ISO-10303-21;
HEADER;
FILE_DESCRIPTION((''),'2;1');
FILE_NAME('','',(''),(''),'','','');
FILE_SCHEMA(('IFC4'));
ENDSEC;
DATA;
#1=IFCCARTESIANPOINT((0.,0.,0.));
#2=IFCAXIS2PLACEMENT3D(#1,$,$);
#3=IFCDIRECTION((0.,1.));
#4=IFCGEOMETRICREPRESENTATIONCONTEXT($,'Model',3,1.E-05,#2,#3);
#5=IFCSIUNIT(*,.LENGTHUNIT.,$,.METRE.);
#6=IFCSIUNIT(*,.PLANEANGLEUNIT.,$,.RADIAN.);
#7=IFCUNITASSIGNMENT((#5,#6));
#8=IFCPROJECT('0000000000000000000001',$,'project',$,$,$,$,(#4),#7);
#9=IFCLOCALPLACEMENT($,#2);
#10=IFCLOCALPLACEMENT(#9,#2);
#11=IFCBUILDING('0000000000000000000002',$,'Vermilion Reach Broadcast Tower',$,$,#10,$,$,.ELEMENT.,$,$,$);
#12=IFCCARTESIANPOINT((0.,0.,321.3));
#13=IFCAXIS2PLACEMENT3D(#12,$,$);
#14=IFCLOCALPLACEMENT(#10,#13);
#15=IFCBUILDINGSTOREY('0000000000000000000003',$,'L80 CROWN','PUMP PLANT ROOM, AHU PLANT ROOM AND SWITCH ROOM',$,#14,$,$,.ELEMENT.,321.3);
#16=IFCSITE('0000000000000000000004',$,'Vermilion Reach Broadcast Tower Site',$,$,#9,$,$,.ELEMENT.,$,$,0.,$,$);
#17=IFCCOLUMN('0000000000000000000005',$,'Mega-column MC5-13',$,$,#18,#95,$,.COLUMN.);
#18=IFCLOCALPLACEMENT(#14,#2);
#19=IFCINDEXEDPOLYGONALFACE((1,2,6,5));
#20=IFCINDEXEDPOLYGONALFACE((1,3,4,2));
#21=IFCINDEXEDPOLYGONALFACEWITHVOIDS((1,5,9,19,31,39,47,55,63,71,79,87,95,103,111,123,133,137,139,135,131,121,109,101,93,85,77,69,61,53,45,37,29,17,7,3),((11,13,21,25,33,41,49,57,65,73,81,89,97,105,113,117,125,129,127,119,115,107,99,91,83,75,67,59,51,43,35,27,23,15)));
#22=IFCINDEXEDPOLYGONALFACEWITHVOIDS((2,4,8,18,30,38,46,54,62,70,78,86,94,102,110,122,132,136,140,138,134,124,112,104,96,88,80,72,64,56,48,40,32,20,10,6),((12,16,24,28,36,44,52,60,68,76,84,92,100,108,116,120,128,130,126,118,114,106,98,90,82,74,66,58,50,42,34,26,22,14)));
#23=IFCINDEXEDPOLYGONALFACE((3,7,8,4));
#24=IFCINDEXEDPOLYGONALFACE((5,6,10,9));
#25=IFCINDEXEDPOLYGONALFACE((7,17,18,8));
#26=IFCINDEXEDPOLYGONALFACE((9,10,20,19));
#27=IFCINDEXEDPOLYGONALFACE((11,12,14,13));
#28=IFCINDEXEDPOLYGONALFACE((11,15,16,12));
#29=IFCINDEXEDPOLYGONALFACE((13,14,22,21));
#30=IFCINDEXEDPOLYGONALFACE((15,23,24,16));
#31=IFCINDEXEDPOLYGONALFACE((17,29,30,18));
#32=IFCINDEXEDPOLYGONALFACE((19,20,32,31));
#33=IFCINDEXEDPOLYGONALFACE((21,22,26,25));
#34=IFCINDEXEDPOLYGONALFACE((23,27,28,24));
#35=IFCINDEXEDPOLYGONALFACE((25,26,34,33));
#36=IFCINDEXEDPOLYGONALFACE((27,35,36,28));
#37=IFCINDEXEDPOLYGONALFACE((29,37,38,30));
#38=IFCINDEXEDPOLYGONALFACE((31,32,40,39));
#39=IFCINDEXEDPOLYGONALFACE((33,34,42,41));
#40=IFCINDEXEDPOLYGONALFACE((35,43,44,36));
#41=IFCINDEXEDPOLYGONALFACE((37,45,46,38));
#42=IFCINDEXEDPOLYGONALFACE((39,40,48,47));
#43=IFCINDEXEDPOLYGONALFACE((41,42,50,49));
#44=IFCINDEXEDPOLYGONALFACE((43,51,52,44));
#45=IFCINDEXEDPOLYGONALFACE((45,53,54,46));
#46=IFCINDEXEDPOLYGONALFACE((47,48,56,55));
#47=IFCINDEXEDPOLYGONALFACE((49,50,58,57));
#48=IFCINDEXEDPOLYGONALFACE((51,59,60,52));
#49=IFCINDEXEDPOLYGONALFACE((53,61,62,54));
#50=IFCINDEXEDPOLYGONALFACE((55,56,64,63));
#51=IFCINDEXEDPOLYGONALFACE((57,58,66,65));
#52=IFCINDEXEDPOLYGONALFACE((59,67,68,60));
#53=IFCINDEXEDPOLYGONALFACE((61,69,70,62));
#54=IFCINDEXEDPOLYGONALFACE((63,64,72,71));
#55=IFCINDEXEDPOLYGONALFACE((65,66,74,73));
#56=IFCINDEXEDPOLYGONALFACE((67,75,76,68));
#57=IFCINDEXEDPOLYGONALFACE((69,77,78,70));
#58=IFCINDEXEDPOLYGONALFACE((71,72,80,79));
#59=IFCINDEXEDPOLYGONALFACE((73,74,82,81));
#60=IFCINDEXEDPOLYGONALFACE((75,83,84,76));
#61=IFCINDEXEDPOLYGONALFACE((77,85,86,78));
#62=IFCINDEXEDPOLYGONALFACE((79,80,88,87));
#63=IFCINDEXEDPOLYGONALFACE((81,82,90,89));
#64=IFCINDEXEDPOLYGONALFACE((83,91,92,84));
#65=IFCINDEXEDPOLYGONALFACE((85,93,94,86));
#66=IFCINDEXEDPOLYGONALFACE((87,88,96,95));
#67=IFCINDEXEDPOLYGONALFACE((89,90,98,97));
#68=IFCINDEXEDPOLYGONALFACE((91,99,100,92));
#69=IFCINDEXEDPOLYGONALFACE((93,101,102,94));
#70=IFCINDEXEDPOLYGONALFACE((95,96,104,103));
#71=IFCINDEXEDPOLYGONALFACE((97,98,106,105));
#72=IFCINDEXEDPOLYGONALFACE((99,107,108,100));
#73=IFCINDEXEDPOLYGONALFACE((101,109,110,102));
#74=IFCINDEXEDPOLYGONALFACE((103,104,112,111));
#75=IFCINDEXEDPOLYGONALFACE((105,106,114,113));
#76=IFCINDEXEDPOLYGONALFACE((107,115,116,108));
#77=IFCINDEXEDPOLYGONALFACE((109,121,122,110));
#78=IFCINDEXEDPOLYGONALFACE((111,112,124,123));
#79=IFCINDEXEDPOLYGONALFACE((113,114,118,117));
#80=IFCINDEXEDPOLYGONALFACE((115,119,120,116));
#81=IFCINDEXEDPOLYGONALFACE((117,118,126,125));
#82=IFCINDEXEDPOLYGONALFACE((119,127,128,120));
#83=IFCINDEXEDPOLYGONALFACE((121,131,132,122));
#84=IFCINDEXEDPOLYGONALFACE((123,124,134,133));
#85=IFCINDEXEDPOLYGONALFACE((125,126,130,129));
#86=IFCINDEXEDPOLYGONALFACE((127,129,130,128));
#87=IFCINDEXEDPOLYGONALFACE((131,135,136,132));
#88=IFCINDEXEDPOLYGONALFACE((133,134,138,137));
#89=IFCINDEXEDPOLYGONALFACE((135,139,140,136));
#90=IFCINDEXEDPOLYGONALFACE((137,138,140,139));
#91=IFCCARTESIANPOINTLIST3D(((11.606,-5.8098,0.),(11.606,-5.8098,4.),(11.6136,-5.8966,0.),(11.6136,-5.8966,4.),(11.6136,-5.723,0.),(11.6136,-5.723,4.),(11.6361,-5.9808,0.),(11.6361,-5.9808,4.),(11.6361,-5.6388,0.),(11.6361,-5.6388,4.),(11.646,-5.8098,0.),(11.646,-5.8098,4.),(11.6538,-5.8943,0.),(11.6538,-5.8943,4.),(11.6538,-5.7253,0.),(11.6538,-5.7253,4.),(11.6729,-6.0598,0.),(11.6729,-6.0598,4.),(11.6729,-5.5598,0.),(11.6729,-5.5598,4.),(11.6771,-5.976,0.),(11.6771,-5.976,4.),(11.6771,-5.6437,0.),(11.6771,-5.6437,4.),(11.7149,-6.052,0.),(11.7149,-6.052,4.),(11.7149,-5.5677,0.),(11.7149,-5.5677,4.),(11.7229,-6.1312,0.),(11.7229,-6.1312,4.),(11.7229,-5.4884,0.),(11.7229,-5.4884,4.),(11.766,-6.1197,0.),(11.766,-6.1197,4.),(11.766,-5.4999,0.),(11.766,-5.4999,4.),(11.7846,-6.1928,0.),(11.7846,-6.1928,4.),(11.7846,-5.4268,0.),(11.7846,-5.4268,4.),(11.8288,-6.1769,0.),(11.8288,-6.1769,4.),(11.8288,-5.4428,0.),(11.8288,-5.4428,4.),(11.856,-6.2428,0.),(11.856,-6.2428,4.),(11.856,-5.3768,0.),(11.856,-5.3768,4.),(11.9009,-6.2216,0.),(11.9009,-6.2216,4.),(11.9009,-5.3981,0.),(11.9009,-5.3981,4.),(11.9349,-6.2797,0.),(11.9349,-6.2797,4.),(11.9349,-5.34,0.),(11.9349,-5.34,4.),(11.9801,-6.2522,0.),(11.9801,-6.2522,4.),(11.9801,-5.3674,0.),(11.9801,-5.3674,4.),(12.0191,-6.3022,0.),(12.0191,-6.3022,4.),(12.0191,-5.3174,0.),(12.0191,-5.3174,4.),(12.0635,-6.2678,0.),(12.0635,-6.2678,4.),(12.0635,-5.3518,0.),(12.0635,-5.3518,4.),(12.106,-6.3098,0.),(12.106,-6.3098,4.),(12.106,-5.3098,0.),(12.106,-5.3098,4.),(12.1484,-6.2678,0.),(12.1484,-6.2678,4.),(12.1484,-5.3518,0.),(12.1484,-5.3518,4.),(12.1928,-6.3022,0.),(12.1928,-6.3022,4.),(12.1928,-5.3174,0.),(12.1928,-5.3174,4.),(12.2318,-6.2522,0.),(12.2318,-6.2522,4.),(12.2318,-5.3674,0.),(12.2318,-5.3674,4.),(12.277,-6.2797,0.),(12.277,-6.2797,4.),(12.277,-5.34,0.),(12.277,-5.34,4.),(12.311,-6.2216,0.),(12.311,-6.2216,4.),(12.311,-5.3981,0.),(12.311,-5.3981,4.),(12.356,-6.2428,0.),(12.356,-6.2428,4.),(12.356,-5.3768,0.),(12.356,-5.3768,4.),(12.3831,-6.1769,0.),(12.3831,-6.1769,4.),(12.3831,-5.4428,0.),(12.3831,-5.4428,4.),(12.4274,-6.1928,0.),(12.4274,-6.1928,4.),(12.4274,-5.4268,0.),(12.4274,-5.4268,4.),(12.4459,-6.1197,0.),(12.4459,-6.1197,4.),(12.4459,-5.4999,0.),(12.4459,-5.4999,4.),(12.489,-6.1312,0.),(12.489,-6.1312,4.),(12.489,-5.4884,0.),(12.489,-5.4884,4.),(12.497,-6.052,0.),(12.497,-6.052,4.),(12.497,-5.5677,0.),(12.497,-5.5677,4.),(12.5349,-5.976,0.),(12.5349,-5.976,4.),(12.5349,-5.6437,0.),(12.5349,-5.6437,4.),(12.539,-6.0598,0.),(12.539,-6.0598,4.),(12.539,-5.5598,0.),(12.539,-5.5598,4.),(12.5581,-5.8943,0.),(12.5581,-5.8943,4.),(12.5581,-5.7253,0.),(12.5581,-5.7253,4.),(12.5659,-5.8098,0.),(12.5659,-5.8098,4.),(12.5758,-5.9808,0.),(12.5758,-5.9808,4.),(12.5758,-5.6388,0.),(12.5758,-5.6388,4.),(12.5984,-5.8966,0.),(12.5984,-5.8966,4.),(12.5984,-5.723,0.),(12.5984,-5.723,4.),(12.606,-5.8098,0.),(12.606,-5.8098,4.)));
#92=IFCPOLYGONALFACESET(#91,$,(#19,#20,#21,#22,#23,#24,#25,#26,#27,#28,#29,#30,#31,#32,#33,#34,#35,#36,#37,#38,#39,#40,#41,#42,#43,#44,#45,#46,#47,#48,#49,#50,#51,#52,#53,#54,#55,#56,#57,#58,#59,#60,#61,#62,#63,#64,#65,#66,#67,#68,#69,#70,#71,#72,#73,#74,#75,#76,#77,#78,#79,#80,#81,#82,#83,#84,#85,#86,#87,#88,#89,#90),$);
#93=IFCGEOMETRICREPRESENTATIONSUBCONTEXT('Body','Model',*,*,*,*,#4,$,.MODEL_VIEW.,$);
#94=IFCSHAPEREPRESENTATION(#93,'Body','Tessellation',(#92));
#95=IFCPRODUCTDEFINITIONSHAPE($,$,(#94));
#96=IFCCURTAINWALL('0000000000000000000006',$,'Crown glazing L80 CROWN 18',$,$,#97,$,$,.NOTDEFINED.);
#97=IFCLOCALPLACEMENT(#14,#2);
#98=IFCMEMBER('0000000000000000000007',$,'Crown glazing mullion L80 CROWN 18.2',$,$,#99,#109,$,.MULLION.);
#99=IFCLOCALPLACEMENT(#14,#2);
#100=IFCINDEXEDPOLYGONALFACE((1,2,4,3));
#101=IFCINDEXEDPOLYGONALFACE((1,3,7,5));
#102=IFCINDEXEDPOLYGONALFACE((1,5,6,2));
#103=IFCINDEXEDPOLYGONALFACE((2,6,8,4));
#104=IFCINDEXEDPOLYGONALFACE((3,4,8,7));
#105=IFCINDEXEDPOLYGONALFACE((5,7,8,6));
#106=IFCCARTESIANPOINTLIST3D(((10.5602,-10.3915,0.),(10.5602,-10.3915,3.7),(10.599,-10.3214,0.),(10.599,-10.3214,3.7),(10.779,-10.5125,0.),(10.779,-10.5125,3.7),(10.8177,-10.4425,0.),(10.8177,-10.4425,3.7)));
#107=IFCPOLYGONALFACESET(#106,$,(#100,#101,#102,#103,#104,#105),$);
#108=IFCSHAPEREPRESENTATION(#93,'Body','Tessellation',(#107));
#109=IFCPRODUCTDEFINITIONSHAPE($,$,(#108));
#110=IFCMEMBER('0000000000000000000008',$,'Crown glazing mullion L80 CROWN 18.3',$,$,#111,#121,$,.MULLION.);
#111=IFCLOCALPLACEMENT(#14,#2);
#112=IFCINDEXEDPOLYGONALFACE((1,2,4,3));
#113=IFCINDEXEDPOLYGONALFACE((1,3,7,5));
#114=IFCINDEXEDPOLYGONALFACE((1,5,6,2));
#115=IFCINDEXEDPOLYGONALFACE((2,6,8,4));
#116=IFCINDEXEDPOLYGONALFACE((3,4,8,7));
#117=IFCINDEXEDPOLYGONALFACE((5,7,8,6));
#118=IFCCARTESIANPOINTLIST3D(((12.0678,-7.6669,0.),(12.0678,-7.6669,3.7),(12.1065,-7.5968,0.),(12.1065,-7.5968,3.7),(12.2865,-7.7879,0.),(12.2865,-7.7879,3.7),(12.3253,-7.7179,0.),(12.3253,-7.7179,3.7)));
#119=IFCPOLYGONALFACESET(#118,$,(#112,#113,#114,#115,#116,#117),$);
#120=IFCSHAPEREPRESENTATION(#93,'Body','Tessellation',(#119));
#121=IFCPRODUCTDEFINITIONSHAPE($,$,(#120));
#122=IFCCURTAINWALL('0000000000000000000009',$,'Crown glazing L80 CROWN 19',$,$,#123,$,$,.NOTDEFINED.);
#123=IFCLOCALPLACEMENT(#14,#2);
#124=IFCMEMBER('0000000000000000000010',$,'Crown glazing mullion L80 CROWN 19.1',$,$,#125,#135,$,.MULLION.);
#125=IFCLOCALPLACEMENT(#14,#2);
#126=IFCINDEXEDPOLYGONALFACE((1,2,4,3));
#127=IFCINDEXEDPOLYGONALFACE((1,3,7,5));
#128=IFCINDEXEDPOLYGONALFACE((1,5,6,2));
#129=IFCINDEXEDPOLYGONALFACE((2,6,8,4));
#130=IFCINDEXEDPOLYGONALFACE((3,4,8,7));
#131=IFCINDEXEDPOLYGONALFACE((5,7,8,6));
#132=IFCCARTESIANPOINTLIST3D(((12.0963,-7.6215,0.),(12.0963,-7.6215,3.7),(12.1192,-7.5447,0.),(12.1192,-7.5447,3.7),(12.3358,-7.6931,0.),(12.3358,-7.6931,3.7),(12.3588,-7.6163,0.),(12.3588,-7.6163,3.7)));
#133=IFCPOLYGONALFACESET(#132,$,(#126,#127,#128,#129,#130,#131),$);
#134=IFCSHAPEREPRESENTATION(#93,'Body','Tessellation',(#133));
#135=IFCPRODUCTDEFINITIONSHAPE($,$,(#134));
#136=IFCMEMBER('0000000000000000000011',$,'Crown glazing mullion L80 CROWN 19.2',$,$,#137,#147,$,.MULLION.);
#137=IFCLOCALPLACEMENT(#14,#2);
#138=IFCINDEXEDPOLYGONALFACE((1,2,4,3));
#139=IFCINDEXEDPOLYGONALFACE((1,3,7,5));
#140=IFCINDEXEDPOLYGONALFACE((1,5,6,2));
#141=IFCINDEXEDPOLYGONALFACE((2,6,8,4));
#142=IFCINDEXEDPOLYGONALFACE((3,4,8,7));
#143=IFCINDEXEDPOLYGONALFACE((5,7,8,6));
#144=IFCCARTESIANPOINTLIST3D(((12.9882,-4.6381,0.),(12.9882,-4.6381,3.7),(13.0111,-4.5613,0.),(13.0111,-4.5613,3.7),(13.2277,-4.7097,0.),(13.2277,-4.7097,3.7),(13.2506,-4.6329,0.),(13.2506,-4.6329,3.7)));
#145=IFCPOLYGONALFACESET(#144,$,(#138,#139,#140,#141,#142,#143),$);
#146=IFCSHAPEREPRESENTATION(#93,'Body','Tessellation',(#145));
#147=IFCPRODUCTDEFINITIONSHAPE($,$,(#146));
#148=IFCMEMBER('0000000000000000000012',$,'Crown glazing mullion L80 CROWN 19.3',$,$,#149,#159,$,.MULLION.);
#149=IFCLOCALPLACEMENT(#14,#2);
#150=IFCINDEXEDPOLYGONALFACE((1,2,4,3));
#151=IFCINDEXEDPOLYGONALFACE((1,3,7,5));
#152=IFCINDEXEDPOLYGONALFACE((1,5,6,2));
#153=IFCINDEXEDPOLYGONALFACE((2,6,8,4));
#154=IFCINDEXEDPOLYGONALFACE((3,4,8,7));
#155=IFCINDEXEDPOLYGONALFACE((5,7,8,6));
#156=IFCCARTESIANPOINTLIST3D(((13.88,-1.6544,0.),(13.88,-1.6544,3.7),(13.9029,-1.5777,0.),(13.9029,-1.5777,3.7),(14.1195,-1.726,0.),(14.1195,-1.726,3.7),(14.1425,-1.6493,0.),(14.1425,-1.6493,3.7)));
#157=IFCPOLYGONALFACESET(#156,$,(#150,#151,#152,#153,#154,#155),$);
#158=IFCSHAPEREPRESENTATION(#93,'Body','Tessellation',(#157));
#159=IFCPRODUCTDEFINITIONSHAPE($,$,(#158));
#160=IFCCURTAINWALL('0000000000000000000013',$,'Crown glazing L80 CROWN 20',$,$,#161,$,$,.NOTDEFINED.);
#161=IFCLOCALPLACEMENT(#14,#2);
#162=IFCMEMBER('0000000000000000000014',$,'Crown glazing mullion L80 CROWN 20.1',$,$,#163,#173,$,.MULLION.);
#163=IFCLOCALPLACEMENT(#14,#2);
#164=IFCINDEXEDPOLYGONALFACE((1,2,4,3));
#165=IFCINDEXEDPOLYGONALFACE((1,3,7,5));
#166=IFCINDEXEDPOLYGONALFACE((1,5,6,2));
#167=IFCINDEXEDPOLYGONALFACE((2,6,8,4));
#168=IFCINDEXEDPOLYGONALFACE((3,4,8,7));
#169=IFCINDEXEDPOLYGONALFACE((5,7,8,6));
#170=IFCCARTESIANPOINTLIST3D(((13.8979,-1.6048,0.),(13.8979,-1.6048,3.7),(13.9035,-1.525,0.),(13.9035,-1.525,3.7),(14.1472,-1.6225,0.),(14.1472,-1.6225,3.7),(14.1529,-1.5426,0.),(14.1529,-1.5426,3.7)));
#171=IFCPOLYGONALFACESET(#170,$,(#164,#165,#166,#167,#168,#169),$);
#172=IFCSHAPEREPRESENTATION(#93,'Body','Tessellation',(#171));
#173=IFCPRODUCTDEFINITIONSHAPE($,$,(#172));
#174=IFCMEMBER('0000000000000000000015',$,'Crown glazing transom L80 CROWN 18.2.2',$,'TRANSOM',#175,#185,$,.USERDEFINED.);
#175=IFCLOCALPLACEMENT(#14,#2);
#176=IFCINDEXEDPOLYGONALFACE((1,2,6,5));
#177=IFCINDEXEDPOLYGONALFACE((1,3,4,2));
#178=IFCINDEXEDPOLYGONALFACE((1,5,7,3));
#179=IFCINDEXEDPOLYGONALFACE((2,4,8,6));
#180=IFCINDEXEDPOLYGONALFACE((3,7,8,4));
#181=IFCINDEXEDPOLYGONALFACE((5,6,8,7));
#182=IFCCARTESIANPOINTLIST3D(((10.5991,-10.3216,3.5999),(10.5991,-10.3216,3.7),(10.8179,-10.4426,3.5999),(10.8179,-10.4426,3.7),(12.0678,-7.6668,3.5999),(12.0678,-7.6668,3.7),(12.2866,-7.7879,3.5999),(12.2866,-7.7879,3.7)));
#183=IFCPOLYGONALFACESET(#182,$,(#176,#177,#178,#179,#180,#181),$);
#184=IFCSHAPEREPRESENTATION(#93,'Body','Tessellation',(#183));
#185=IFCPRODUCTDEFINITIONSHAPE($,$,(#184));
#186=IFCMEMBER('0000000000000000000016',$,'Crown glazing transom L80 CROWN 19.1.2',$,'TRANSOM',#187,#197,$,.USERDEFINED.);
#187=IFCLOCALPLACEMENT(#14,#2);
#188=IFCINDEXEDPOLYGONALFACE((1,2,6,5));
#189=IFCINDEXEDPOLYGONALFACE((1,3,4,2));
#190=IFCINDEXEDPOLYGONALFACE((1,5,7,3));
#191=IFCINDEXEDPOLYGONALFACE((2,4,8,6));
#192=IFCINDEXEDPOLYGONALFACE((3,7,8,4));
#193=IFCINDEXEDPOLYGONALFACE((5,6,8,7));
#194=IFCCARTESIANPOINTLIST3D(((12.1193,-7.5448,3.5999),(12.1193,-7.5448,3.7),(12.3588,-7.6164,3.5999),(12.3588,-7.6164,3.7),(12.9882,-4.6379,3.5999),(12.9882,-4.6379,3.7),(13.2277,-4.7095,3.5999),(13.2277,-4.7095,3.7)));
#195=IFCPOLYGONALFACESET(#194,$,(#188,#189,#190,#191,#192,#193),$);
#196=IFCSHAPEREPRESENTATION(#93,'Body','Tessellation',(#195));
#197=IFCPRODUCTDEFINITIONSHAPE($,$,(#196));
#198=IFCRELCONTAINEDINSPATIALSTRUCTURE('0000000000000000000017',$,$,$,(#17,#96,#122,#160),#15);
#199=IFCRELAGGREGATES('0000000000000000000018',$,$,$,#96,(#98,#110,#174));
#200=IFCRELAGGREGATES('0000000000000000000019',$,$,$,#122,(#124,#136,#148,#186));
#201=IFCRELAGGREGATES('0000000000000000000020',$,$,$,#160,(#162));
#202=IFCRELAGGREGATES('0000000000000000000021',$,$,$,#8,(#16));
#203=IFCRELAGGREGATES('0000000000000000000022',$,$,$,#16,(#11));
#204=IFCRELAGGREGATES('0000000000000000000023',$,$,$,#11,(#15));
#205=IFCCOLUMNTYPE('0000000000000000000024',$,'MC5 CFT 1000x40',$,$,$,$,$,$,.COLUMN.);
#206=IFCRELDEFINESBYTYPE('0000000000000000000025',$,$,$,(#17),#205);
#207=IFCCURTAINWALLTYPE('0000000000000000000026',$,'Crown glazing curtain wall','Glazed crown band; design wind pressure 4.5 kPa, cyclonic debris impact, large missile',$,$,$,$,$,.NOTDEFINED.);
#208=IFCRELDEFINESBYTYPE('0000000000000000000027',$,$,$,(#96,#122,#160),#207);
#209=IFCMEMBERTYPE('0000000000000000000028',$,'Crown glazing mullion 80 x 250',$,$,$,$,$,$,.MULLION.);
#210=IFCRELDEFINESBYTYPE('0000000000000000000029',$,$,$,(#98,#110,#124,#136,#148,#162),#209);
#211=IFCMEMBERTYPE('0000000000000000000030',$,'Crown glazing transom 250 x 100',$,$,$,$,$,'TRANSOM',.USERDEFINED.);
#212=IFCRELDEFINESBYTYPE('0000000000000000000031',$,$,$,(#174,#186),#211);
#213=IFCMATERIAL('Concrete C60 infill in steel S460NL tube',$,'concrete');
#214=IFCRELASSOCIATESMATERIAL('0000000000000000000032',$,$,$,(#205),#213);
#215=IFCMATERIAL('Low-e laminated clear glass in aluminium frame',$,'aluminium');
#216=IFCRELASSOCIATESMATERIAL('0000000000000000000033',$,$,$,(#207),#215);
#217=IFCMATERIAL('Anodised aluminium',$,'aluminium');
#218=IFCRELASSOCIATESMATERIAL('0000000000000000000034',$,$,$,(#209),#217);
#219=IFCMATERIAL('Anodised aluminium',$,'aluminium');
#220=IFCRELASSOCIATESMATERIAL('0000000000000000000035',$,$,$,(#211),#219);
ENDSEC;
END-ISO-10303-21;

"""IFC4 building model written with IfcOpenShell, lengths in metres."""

from ifc_helpers import new_model, si_unit, direction, frame, origin, origin_2d, place, context, subcontext, project, spatial, rectangle, hollow_circle, extrude, material, material_profile, profile_set, type_object, element, aggregate, save


model = new_model("IFC4")

# Units and contexts
model_context = context("Model", 3, precision=1e-05, world=origin(), true_north=direction((0.0, 1.0)))
body_context = subcontext(model_context, "Body", "Model", "MODEL_VIEW")
ifc_project = project(units=[si_unit("LENGTHUNIT", "METRE"), si_unit("PLANEANGLEUNIT", "RADIAN")], contexts=[model_context])

# Site, building, storey
site_placement = place(None, origin())
site = spatial("IfcSite", under=ifc_project, at=site_placement, Name="Vermilion Reach Broadcast Tower Site", CompositionType="ELEMENT", RefElevation=0.0)
building_placement = place(site_placement, origin())
building = spatial("IfcBuilding", under=site, at=building_placement, Name="Vermilion Reach Broadcast Tower", CompositionType="ELEMENT")
storey_placement = place(building_placement, frame((0.0, 0.0, 321.3)))
storey = spatial("IfcBuildingStorey", under=building, at=storey_placement, Name="L80 CROWN", Description="PUMP PLANT ROOM, AHU PLANT ROOM AND SWITCH ROOM", CompositionType="ELEMENT", Elevation=321.3)

# Column
ifc_material_1 = material(Name="Concrete C60 infill in steel S460NL tube", Category="concrete")
ifc_material_profile_1 = material_profile(ifc_material_1, hollow_circle(Radius=0.5, WallThickness=0.04, at=origin_2d()), Name="Concrete C60 infill in steel S460NL tube CFT 1000x40")
ifc_profile_set_1 = profile_set([ifc_material_profile_1], Name="Concrete C60 infill in steel S460NL tube")
column_type = type_object("IfcColumnType", Name="MC5 CFT 1000x40", PredefinedType="COLUMN", material=ifc_profile_set_1)
column_placement = place(storey_placement, frame((12.106, -5.8098, 0.0), z_axis=(0.0, 0.0, 1.0), x_axis=(1.0, 0.0, 0.0)))
element("IfcColumn", 1, at=column_placement, inside=storey, type_object=column_type, Name="Mega-column MC5-13", PredefinedType="COLUMN", context=body_context, shape_type="SweptSolid", body=[
    extrude(hollow_circle(Radius=0.5, WallThickness=0.04, at=origin_2d()), origin(), (0.0, 0.0, 1.0), 4.0),
])

# Curtain walls, members
ifc_material_2 = material(Name="Low-e laminated clear glass in aluminium frame", Category="aluminium")
curtain_wall_type = type_object("IfcCurtainWallType", Name="Crown glazing curtain wall", Description="Glazed crown band; design wind pressure 4.5 kPa, cyclonic debris impact, large missile", PredefinedType="NOTDEFINED", material=ifc_material_2)
placement = place(storey_placement, origin())
curtain_wall_1 = element("IfcCurtainWall", 2, at=placement, inside=storey, type_object=curtain_wall_type, Name="Crown glazing L80 CROWN 18", PredefinedType="NOTDEFINED")
ifc_material_3 = material(Name="Anodised aluminium", Category="aluminium")
ifc_material_profile_2 = material_profile(ifc_material_3, rectangle(XDim=0.25, YDim=0.0801, at=origin_2d()), Name="Crown glazing mullion 80 x 250")
ifc_profile_set_2 = profile_set([ifc_material_profile_2], Name="Anodised aluminium")
member_type_1 = type_object("IfcMemberType", Name="Crown glazing mullion 80 x 250", PredefinedType="MULLION", material=ifc_profile_set_2)
member_1_placement = place(storey_placement, frame((10.689, -10.417, 0.0), z_axis=(0.0, 0.0, 1.0), x_axis=(-0.874983, 0.484153, 0.0)))
member_1 = element("IfcMember", 3, at=member_1_placement, type_object=member_type_1, Name="Crown glazing mullion L80 CROWN 18.2", PredefinedType="MULLION", context=body_context, shape_type="SweptSolid", body=[
    extrude(rectangle(XDim=0.25, YDim=0.0801, at=origin_2d()), origin(), (0.0, 0.0, 1.0), 3.7),
])
member_2_placement = place(storey_placement, frame((12.1965, -7.6924, 0.0), z_axis=(0.0, 0.0, 1.0), x_axis=(-0.874983, 0.484153, 0.0)))
member_2 = element("IfcMember", 4, at=member_2_placement, type_object=member_type_1, Name="Crown glazing mullion L80 CROWN 18.3", PredefinedType="MULLION", context=body_context, shape_type="SweptSolid", body=[
    extrude(rectangle(XDim=0.25, YDim=0.0801, at=origin_2d()), origin(), (0.0, 0.0, 1.0), 3.7),
])
curtain_wall_2 = element("IfcCurtainWall", 5, at=placement, inside=storey, type_object=curtain_wall_type, Name="Crown glazing L80 CROWN 19", PredefinedType="NOTDEFINED")
member_3_placement = place(storey_placement, frame((12.2275, -7.6189, 0.0), z_axis=(0.0, 0.0, 1.0), x_axis=(-0.958108, 0.286407, 0.0)))
member_3 = element("IfcMember", 6, at=member_3_placement, type_object=member_type_1, Name="Crown glazing mullion L80 CROWN 19.1", PredefinedType="MULLION", context=body_context, shape_type="SweptSolid", body=[
    extrude(rectangle(XDim=0.25, YDim=0.0801, at=origin_2d()), origin(), (0.0, 0.0, 1.0), 3.7),
])
member_4_placement = place(storey_placement, frame((13.1194, -4.6355, 0.0), z_axis=(0.0, 0.0, 1.0), x_axis=(-0.958108, 0.286407, 0.0)))
member_4 = element("IfcMember", 7, at=member_4_placement, type_object=member_type_1, Name="Crown glazing mullion L80 CROWN 19.2", PredefinedType="MULLION", context=body_context, shape_type="SweptSolid", body=[
    extrude(rectangle(XDim=0.25, YDim=0.0801, at=origin_2d()), origin(), (0.0, 0.0, 1.0), 3.7),
])
member_5_placement = place(storey_placement, frame((14.0112, -1.6519, 0.0), z_axis=(0.0, 0.0, 1.0), x_axis=(-0.958108, 0.286407, 0.0)))
member_5 = element("IfcMember", 8, at=member_5_placement, type_object=member_type_1, Name="Crown glazing mullion L80 CROWN 19.3", PredefinedType="MULLION", context=body_context, shape_type="SweptSolid", body=[
    extrude(rectangle(XDim=0.25, YDim=0.0801, at=origin_2d()), origin(), (0.0, 0.0, 1.0), 3.7),
])

# Curtain wall, member
curtain_wall_3 = element("IfcCurtainWall", 9, at=placement, inside=storey, type_object=curtain_wall_type, Name="Crown glazing L80 CROWN 20", PredefinedType="NOTDEFINED")
member_6_placement = place(storey_placement, frame((14.0254, -1.5737, 0.0), z_axis=(0.0, 0.0, 1.0), x_axis=(-0.9975, 0.070673, 0.0)))
member_6 = element("IfcMember", 10, at=member_6_placement, type_object=member_type_1, Name="Crown glazing mullion L80 CROWN 20.1", PredefinedType="MULLION", context=body_context, shape_type="SweptSolid", body=[
    extrude(rectangle(XDim=0.25, YDim=0.0801, at=origin_2d()), origin(), (0.0, 0.0, 1.0), 3.7),
])

# Members
ifc_material_4 = material(Name="Anodised aluminium", Category="aluminium")
ifc_material_profile_3 = material_profile(ifc_material_4, rectangle(XDim=0.25, YDim=0.1001, at=origin_2d()), Name="Crown glazing transom 250 x 100")
ifc_profile_set_3 = profile_set([ifc_material_profile_3], Name="Anodised aluminium")
member_type_2 = type_object("IfcMemberType", Name="Crown glazing transom 250 x 100", ElementType="TRANSOM", PredefinedType="USERDEFINED", material=ifc_profile_set_3)
member_7_placement = place(storey_placement, frame((10.7085, -10.3821, 3.6499), z_axis=(0.484098, 0.875014, 0.0), x_axis=(-0.875014, 0.484098, 0.0)))
member_7 = element("IfcMember", 11, at=member_7_placement, type_object=member_type_2, Name="Crown glazing transom L80 CROWN 18.2.2", ObjectType="TRANSOM", PredefinedType="USERDEFINED", context=body_context, shape_type="SweptSolid", body=[
    extrude(rectangle(XDim=0.25, YDim=0.1001, at=origin_2d()), origin(), (0.0, 0.0, 1.0), 3.0339),
])
member_8_placement = place(storey_placement, frame((12.239, -7.5806, 3.6499), z_axis=(0.286403, 0.958109, 0.0), x_axis=(-0.958109, 0.286403, 0.0)))
member_8 = element("IfcMember", 12, at=member_8_placement, type_object=member_type_2, Name="Crown glazing transom L80 CROWN 19.1.2", ObjectType="TRANSOM", PredefinedType="USERDEFINED", context=body_context, shape_type="SweptSolid", body=[
    extrude(rectangle(XDim=0.25, YDim=0.1001, at=origin_2d()), origin(), (0.0, 0.0, 1.0), 3.0339),
])

aggregate(curtain_wall_1, [member_1, member_2, member_7])
aggregate(curtain_wall_2, [member_3, member_4, member_5, member_8])
aggregate(curtain_wall_3, [member_6])

save(model, "model.ifc")
